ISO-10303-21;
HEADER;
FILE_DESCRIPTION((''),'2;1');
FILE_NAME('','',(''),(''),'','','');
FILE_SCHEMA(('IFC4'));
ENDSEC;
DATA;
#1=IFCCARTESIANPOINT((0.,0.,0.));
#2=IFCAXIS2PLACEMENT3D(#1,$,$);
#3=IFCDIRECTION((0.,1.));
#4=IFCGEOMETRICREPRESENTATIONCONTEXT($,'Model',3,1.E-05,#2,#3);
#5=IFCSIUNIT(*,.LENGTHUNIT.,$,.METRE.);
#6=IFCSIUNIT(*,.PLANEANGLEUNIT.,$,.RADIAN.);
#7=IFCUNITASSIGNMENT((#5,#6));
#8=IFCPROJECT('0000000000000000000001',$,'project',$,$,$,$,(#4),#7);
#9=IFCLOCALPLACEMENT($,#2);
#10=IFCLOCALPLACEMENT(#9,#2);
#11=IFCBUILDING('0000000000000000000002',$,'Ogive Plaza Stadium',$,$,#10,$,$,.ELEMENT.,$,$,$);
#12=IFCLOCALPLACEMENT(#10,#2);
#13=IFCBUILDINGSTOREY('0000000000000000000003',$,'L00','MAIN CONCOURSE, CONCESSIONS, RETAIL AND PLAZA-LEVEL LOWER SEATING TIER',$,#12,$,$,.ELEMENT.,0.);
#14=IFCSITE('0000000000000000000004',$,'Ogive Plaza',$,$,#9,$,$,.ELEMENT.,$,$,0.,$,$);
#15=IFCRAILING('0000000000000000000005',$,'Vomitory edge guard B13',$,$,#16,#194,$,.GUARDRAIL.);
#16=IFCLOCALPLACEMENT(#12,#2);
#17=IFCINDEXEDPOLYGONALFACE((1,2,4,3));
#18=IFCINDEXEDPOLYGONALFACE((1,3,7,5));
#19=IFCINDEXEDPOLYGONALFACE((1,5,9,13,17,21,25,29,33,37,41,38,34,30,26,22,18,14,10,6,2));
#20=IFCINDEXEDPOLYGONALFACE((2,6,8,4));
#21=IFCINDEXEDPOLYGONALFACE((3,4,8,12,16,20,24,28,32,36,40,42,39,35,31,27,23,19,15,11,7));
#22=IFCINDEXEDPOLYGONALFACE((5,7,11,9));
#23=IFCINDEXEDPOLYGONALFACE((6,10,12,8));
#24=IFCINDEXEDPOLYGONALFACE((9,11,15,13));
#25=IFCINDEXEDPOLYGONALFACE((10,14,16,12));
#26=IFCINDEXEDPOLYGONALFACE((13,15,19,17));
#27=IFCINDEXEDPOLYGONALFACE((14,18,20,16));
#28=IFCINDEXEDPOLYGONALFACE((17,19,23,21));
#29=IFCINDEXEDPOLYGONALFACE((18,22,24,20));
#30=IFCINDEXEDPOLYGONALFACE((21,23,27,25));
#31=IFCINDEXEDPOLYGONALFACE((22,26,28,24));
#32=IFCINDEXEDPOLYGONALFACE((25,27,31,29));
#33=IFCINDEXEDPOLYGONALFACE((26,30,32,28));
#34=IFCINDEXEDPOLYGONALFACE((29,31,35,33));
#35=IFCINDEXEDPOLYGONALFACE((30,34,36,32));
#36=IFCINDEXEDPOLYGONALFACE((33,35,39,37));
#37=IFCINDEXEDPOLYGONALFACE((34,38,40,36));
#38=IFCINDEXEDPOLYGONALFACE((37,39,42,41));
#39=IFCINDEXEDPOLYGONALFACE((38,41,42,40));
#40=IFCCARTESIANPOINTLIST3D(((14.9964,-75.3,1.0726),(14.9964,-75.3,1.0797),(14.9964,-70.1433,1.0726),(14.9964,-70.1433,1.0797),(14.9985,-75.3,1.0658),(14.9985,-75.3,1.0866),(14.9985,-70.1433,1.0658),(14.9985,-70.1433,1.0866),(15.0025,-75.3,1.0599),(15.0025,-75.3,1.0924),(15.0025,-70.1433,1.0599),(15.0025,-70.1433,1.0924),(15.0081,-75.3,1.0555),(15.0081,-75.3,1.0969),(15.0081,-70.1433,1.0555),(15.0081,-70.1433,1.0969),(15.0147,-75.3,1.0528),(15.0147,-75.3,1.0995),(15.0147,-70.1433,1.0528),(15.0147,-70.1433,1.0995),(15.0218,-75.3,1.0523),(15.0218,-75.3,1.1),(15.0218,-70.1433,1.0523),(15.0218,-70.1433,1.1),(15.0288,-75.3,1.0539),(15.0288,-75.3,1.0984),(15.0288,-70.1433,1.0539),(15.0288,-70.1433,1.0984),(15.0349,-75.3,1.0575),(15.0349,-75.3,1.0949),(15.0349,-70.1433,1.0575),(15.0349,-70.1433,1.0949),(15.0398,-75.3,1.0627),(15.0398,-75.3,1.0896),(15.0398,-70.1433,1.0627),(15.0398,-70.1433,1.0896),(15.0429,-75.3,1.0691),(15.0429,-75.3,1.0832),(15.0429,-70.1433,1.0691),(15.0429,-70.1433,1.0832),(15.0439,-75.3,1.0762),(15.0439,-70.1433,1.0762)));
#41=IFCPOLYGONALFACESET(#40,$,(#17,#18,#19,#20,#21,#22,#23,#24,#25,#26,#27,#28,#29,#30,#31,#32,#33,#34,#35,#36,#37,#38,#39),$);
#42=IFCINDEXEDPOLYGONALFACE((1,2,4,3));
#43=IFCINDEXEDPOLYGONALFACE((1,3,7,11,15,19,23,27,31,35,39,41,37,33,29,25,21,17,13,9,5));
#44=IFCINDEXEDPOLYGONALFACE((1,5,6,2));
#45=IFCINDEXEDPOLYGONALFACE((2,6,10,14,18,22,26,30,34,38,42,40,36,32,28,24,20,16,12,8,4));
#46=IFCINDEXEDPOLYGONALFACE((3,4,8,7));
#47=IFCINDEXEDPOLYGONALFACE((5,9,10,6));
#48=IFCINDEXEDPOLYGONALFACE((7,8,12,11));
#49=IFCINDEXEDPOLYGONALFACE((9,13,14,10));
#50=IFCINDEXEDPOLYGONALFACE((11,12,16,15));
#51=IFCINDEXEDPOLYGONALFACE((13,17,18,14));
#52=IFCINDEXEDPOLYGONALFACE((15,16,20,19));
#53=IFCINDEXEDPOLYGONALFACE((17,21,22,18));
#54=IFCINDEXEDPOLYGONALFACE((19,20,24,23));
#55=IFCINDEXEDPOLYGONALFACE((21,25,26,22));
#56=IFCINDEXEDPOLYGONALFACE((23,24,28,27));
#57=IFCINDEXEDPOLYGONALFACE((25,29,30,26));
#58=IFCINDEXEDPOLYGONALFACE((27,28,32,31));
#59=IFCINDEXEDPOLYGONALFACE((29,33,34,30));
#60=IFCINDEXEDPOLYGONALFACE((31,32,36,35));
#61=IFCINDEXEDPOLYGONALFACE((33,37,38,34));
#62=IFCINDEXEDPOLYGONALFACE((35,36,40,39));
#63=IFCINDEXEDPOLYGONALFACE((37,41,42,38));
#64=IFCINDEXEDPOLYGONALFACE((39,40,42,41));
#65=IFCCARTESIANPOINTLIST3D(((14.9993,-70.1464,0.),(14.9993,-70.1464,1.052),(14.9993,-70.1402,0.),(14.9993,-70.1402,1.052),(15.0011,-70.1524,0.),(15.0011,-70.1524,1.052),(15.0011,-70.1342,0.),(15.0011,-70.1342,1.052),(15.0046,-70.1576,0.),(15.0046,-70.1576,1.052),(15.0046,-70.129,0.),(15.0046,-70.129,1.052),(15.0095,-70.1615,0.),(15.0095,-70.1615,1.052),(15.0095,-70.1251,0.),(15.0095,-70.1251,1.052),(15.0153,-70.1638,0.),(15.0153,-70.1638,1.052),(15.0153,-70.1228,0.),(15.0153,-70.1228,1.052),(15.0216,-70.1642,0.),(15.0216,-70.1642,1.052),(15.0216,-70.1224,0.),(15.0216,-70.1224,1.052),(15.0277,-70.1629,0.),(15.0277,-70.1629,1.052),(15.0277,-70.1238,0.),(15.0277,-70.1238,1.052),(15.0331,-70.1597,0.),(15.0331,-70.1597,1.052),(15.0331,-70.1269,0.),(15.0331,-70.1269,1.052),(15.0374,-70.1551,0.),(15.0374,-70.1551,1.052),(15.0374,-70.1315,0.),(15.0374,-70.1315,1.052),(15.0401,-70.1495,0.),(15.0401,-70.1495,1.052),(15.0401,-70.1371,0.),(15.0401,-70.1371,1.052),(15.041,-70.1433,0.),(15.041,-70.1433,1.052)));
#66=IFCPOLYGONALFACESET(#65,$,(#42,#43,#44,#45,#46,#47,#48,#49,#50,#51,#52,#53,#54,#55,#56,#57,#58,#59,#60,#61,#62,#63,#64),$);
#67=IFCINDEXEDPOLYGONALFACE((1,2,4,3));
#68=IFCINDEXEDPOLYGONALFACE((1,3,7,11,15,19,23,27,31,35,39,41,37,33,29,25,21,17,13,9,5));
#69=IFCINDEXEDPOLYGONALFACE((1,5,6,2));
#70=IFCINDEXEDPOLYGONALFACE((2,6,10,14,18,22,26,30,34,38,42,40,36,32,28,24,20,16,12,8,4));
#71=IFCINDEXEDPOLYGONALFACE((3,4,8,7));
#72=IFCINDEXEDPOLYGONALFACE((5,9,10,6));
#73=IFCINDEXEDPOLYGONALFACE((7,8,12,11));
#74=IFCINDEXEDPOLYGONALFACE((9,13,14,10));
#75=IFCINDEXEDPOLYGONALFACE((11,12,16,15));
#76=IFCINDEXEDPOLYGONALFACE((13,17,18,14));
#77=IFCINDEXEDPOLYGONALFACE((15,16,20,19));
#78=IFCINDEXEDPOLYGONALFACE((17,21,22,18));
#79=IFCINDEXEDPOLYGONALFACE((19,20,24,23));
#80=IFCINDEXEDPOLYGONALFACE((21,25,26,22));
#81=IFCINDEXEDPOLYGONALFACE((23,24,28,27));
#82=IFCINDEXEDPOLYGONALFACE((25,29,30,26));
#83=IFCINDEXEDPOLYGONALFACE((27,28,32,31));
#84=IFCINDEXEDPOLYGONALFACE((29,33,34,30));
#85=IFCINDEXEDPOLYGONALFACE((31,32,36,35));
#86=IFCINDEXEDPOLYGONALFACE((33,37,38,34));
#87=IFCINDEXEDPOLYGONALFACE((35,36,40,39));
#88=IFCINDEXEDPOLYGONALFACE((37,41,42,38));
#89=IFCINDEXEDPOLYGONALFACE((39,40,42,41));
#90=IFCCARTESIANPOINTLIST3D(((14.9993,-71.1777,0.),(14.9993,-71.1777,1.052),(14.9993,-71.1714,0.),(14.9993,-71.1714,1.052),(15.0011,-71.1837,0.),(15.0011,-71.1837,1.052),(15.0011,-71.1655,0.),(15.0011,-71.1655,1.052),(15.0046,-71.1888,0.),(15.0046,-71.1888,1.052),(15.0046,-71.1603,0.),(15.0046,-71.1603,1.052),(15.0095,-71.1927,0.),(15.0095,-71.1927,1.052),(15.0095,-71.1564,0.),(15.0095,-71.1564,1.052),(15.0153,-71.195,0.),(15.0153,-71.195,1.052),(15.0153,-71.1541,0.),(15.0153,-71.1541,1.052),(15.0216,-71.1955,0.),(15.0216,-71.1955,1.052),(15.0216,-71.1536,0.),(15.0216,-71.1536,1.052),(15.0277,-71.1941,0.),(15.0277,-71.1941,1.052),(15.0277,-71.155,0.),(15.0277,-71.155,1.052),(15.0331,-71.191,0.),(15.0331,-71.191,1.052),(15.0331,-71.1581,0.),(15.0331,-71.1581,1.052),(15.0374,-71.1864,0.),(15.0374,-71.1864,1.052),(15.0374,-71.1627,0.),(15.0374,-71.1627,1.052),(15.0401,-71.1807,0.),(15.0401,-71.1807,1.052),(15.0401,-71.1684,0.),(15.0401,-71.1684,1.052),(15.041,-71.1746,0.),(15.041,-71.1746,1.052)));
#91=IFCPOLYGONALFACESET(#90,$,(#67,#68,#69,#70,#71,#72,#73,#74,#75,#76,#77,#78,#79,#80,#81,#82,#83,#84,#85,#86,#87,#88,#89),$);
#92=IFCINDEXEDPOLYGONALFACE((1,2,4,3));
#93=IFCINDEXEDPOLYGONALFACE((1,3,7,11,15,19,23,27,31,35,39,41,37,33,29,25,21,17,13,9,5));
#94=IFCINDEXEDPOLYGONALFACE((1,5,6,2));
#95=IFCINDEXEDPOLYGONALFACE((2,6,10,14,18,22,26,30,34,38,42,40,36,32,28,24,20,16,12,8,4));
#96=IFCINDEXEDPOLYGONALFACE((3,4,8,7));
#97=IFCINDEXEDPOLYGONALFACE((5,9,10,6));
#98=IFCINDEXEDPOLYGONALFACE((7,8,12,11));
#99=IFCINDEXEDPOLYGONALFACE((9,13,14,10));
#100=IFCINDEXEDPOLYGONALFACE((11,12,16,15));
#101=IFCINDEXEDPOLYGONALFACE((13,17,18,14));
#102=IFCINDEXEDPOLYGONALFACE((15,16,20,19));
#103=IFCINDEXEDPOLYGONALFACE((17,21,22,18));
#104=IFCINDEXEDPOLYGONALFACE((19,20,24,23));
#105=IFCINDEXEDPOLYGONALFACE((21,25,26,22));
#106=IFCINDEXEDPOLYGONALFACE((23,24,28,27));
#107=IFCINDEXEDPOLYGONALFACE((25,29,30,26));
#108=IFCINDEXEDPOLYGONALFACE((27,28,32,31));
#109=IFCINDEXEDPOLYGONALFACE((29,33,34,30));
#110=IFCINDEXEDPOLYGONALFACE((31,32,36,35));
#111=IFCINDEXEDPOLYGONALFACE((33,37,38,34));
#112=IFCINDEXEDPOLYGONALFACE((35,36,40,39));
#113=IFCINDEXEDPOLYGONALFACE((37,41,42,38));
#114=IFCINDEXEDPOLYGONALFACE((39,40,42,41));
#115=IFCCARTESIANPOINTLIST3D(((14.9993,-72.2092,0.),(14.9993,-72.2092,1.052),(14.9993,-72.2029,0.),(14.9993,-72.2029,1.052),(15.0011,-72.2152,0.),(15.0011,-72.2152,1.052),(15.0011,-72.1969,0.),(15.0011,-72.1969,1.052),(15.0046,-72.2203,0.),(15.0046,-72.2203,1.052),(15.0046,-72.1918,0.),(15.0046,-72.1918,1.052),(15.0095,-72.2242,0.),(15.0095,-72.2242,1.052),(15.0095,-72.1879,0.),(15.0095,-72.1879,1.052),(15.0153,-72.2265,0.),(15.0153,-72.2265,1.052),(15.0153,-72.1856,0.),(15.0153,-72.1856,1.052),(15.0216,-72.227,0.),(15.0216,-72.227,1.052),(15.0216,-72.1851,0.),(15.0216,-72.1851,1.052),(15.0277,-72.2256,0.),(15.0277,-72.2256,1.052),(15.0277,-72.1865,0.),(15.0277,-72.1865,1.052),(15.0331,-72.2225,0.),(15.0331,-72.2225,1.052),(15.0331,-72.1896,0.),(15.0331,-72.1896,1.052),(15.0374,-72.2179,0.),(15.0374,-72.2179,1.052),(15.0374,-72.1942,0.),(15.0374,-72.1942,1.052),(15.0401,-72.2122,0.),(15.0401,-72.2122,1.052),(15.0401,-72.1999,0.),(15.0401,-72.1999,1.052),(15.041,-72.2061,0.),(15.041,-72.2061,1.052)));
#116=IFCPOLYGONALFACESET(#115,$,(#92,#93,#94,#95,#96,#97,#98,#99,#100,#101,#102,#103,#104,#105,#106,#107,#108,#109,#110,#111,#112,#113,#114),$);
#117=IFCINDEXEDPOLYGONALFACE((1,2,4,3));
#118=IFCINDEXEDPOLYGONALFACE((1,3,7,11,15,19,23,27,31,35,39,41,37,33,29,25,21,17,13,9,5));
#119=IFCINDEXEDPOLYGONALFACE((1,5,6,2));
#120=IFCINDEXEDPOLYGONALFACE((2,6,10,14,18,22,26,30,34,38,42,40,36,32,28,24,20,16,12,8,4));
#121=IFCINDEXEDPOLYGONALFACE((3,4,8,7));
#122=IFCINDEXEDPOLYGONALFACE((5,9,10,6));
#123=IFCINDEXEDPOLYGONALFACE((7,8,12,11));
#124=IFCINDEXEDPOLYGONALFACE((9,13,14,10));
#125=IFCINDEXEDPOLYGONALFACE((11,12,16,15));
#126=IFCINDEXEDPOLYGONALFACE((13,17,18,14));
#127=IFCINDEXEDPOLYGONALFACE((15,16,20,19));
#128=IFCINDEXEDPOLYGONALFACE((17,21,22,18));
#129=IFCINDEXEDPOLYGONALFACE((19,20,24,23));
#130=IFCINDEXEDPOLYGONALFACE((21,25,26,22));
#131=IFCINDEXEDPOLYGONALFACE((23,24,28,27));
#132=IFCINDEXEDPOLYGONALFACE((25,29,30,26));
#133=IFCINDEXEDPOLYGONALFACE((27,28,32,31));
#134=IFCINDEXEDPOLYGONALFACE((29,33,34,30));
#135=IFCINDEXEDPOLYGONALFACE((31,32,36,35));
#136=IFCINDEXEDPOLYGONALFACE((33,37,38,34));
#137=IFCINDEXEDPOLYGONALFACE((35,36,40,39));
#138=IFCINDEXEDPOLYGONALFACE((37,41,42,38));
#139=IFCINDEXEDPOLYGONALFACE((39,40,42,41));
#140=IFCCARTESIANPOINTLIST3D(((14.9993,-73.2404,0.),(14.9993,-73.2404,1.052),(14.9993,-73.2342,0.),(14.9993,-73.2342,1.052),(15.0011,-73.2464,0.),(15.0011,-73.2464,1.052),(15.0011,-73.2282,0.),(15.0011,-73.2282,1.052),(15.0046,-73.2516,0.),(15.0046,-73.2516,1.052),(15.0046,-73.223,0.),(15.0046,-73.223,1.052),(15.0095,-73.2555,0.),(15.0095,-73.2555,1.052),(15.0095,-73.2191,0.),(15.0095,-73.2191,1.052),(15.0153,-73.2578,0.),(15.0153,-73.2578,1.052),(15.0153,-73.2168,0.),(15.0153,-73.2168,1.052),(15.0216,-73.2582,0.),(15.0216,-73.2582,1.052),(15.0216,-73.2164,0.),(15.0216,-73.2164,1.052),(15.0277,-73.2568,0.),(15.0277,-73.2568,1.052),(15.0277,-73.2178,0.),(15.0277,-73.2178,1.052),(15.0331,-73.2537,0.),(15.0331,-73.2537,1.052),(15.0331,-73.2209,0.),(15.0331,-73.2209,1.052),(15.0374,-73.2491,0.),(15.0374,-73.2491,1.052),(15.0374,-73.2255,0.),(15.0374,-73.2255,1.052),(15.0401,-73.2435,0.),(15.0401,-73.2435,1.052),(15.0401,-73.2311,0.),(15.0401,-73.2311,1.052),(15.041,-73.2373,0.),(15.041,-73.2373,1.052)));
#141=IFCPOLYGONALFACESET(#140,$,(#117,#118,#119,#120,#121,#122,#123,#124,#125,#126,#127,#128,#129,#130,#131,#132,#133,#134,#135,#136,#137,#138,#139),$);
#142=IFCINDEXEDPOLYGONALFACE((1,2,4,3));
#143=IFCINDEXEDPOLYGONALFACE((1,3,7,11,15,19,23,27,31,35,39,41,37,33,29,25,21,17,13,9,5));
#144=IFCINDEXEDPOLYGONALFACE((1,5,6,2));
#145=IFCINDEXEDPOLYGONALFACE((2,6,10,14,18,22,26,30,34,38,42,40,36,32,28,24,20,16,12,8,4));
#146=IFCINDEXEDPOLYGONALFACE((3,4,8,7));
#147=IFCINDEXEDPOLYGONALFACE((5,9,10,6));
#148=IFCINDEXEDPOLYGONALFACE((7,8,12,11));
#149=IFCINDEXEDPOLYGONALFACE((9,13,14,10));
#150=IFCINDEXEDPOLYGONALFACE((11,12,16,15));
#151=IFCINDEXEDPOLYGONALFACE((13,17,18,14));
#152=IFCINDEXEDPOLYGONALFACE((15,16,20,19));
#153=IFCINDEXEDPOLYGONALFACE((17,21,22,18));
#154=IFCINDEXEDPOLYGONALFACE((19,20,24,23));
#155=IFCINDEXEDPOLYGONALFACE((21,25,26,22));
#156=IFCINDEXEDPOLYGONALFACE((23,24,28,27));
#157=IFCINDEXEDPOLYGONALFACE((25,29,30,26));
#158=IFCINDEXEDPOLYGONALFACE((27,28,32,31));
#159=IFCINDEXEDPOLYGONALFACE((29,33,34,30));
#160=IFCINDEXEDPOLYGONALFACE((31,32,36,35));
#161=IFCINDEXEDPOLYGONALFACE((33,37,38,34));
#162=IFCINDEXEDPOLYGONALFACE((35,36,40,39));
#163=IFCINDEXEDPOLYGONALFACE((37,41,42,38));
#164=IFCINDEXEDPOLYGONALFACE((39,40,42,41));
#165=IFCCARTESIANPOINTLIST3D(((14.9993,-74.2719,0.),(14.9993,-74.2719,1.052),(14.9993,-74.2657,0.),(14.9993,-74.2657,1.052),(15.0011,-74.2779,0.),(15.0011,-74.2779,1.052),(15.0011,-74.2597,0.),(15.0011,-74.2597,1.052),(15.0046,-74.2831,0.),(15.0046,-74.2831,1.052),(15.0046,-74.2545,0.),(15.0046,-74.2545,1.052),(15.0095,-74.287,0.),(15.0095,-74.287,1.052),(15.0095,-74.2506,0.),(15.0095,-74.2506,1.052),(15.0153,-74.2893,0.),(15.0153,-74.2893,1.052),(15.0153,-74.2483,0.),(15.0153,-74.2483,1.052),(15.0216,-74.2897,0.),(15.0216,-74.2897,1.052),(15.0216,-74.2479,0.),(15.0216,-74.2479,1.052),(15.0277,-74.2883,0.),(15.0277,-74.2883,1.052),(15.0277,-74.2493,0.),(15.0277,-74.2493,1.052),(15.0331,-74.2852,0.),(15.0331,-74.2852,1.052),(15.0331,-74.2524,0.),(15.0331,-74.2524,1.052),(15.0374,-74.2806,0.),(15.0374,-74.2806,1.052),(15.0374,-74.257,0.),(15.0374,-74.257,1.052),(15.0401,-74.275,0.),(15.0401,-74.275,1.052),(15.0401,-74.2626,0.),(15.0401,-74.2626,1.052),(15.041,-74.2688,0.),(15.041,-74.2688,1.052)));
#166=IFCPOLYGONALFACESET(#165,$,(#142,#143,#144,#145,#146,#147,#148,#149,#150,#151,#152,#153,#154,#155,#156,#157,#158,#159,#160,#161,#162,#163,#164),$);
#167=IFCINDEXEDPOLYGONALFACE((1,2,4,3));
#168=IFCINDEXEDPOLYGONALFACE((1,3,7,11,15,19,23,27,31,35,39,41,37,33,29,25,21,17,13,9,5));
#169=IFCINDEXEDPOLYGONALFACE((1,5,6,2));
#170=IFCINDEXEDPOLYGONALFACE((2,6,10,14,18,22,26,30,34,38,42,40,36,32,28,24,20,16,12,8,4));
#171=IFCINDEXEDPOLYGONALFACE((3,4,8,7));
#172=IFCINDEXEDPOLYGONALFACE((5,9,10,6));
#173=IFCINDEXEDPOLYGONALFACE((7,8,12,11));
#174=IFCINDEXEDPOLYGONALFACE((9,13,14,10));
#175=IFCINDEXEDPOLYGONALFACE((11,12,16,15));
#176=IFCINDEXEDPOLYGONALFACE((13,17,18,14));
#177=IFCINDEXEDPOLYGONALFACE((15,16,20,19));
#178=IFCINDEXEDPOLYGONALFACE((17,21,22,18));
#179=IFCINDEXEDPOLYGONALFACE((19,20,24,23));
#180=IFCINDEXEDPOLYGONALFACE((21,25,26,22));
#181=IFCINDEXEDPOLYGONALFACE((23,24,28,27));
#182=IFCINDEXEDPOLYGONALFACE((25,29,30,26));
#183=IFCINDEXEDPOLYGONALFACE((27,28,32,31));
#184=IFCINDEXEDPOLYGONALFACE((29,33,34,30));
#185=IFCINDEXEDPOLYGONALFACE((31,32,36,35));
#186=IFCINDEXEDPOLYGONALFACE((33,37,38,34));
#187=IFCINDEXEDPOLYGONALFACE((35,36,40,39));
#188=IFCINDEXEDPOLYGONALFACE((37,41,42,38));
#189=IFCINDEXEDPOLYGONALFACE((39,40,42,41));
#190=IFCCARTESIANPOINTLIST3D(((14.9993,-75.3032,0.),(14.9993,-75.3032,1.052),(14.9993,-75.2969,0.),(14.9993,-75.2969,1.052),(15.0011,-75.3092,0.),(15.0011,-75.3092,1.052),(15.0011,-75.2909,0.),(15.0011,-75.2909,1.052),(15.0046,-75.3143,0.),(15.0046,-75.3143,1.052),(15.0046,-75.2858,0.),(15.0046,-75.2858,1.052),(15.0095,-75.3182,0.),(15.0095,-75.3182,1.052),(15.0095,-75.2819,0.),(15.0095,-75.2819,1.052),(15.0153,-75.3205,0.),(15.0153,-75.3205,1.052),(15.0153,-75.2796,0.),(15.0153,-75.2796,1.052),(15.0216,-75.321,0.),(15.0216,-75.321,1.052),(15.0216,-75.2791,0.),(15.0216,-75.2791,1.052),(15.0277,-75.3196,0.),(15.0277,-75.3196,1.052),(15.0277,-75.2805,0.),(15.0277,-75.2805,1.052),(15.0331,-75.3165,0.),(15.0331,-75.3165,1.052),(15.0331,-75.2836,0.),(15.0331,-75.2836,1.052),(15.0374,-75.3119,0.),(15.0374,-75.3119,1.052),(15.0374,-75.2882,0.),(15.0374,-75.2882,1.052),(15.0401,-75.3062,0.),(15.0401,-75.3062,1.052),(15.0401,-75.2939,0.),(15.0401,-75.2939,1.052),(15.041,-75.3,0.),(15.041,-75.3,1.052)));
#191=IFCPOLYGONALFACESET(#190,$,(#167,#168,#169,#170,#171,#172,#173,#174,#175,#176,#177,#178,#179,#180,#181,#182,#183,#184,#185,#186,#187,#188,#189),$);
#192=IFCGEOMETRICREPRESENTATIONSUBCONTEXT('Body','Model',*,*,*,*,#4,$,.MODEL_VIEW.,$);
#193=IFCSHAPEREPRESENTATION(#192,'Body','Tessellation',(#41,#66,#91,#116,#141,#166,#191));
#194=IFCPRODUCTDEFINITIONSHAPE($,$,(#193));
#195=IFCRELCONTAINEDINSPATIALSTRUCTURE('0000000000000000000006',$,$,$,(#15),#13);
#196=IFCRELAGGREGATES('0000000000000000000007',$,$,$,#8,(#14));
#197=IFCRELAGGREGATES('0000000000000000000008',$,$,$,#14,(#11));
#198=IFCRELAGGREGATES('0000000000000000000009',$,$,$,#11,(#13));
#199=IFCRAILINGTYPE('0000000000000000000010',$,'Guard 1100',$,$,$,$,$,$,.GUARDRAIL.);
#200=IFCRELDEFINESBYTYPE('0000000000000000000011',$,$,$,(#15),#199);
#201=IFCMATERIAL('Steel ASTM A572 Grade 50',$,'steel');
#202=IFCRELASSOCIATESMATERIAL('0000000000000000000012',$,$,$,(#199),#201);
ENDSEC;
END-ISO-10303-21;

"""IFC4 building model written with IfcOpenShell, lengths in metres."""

from ifc_helpers import new_model, si_unit, direction, frame, origin, origin_2d, place, context, subcontext, project, spatial, circle, extrude, material, type_object, element, save


model = new_model("IFC4")

# Units and contexts
model_context = context("Model", 3, precision=1e-05, world=origin(), true_north=direction((0.0, 1.0)))
body_context = subcontext(model_context, "Body", "Model", "MODEL_VIEW")
ifc_project = project(units=[si_unit("LENGTHUNIT", "METRE"), si_unit("PLANEANGLEUNIT", "RADIAN")], contexts=[model_context])

# Site, building, storey
site_placement = place(None, origin())
site = spatial("IfcSite", under=ifc_project, at=site_placement, Name="Ogive Plaza", CompositionType="ELEMENT", RefElevation=0.0)
building_placement = place(site_placement, origin())
building = spatial("IfcBuilding", under=site, at=building_placement, Name="Ogive Plaza Stadium", CompositionType="ELEMENT")
storey_placement = place(building_placement, origin())
storey = spatial("IfcBuildingStorey", under=building, at=storey_placement, Name="L00", Description="MAIN CONCOURSE, CONCESSIONS, RETAIL AND PLAZA-LEVEL LOWER SEATING TIER", CompositionType="ELEMENT", Elevation=0.0)

# Railing
ifc_material_1 = material(Name="Steel ASTM A572 Grade 50", Category="steel")
railing_type = type_object("IfcRailingType", Name="Guard 1100", PredefinedType="GUARDRAIL", material=ifc_material_1)
for number, where, name in (
    (1, (15.02, -70.1433, 0.0), "Vomitory edge guard B13"),
):
    element("IfcRailing", number, at=place(storey_placement, frame(where)), inside=storey, type_object=railing_type, Name=name, PredefinedType="GUARDRAIL", context=body_context, shape_type="SweptSolid", body=[
        extrude(circle(Radius=0.0239, at=origin_2d()), frame((0.0, 0.0, 1.0762), z_axis=(0.0, -1.0, 0.0), x_axis=(1.0, 0.0, 0.0)), (0.0, 0.0, 1.0), 5.1567),
        extrude(circle(Radius=0.021, at=origin_2d()), origin(), (0.0, 0.0, 1.0), 1.052),
        extrude(circle(Radius=0.021, at=origin_2d()), frame((0.0, -1.0312, 0.0)), (0.0, 0.0, 1.0), 1.052),
        extrude(circle(Radius=0.021, at=origin_2d()), frame((0.0, -2.0627, 0.0)), (0.0, 0.0, 1.0), 1.052),
        extrude(circle(Radius=0.021, at=origin_2d()), frame((0.0, -3.094, 0.0)), (0.0, 0.0, 1.0), 1.052),
        extrude(circle(Radius=0.021, at=origin_2d()), frame((0.0, -4.1255, 0.0)), (0.0, 0.0, 1.0), 1.052),
        extrude(circle(Radius=0.021, at=origin_2d()), frame((0.0, -5.1567, 0.0)), (0.0, 0.0, 1.0), 1.052),
    ])

save(model, "model.ifc")
